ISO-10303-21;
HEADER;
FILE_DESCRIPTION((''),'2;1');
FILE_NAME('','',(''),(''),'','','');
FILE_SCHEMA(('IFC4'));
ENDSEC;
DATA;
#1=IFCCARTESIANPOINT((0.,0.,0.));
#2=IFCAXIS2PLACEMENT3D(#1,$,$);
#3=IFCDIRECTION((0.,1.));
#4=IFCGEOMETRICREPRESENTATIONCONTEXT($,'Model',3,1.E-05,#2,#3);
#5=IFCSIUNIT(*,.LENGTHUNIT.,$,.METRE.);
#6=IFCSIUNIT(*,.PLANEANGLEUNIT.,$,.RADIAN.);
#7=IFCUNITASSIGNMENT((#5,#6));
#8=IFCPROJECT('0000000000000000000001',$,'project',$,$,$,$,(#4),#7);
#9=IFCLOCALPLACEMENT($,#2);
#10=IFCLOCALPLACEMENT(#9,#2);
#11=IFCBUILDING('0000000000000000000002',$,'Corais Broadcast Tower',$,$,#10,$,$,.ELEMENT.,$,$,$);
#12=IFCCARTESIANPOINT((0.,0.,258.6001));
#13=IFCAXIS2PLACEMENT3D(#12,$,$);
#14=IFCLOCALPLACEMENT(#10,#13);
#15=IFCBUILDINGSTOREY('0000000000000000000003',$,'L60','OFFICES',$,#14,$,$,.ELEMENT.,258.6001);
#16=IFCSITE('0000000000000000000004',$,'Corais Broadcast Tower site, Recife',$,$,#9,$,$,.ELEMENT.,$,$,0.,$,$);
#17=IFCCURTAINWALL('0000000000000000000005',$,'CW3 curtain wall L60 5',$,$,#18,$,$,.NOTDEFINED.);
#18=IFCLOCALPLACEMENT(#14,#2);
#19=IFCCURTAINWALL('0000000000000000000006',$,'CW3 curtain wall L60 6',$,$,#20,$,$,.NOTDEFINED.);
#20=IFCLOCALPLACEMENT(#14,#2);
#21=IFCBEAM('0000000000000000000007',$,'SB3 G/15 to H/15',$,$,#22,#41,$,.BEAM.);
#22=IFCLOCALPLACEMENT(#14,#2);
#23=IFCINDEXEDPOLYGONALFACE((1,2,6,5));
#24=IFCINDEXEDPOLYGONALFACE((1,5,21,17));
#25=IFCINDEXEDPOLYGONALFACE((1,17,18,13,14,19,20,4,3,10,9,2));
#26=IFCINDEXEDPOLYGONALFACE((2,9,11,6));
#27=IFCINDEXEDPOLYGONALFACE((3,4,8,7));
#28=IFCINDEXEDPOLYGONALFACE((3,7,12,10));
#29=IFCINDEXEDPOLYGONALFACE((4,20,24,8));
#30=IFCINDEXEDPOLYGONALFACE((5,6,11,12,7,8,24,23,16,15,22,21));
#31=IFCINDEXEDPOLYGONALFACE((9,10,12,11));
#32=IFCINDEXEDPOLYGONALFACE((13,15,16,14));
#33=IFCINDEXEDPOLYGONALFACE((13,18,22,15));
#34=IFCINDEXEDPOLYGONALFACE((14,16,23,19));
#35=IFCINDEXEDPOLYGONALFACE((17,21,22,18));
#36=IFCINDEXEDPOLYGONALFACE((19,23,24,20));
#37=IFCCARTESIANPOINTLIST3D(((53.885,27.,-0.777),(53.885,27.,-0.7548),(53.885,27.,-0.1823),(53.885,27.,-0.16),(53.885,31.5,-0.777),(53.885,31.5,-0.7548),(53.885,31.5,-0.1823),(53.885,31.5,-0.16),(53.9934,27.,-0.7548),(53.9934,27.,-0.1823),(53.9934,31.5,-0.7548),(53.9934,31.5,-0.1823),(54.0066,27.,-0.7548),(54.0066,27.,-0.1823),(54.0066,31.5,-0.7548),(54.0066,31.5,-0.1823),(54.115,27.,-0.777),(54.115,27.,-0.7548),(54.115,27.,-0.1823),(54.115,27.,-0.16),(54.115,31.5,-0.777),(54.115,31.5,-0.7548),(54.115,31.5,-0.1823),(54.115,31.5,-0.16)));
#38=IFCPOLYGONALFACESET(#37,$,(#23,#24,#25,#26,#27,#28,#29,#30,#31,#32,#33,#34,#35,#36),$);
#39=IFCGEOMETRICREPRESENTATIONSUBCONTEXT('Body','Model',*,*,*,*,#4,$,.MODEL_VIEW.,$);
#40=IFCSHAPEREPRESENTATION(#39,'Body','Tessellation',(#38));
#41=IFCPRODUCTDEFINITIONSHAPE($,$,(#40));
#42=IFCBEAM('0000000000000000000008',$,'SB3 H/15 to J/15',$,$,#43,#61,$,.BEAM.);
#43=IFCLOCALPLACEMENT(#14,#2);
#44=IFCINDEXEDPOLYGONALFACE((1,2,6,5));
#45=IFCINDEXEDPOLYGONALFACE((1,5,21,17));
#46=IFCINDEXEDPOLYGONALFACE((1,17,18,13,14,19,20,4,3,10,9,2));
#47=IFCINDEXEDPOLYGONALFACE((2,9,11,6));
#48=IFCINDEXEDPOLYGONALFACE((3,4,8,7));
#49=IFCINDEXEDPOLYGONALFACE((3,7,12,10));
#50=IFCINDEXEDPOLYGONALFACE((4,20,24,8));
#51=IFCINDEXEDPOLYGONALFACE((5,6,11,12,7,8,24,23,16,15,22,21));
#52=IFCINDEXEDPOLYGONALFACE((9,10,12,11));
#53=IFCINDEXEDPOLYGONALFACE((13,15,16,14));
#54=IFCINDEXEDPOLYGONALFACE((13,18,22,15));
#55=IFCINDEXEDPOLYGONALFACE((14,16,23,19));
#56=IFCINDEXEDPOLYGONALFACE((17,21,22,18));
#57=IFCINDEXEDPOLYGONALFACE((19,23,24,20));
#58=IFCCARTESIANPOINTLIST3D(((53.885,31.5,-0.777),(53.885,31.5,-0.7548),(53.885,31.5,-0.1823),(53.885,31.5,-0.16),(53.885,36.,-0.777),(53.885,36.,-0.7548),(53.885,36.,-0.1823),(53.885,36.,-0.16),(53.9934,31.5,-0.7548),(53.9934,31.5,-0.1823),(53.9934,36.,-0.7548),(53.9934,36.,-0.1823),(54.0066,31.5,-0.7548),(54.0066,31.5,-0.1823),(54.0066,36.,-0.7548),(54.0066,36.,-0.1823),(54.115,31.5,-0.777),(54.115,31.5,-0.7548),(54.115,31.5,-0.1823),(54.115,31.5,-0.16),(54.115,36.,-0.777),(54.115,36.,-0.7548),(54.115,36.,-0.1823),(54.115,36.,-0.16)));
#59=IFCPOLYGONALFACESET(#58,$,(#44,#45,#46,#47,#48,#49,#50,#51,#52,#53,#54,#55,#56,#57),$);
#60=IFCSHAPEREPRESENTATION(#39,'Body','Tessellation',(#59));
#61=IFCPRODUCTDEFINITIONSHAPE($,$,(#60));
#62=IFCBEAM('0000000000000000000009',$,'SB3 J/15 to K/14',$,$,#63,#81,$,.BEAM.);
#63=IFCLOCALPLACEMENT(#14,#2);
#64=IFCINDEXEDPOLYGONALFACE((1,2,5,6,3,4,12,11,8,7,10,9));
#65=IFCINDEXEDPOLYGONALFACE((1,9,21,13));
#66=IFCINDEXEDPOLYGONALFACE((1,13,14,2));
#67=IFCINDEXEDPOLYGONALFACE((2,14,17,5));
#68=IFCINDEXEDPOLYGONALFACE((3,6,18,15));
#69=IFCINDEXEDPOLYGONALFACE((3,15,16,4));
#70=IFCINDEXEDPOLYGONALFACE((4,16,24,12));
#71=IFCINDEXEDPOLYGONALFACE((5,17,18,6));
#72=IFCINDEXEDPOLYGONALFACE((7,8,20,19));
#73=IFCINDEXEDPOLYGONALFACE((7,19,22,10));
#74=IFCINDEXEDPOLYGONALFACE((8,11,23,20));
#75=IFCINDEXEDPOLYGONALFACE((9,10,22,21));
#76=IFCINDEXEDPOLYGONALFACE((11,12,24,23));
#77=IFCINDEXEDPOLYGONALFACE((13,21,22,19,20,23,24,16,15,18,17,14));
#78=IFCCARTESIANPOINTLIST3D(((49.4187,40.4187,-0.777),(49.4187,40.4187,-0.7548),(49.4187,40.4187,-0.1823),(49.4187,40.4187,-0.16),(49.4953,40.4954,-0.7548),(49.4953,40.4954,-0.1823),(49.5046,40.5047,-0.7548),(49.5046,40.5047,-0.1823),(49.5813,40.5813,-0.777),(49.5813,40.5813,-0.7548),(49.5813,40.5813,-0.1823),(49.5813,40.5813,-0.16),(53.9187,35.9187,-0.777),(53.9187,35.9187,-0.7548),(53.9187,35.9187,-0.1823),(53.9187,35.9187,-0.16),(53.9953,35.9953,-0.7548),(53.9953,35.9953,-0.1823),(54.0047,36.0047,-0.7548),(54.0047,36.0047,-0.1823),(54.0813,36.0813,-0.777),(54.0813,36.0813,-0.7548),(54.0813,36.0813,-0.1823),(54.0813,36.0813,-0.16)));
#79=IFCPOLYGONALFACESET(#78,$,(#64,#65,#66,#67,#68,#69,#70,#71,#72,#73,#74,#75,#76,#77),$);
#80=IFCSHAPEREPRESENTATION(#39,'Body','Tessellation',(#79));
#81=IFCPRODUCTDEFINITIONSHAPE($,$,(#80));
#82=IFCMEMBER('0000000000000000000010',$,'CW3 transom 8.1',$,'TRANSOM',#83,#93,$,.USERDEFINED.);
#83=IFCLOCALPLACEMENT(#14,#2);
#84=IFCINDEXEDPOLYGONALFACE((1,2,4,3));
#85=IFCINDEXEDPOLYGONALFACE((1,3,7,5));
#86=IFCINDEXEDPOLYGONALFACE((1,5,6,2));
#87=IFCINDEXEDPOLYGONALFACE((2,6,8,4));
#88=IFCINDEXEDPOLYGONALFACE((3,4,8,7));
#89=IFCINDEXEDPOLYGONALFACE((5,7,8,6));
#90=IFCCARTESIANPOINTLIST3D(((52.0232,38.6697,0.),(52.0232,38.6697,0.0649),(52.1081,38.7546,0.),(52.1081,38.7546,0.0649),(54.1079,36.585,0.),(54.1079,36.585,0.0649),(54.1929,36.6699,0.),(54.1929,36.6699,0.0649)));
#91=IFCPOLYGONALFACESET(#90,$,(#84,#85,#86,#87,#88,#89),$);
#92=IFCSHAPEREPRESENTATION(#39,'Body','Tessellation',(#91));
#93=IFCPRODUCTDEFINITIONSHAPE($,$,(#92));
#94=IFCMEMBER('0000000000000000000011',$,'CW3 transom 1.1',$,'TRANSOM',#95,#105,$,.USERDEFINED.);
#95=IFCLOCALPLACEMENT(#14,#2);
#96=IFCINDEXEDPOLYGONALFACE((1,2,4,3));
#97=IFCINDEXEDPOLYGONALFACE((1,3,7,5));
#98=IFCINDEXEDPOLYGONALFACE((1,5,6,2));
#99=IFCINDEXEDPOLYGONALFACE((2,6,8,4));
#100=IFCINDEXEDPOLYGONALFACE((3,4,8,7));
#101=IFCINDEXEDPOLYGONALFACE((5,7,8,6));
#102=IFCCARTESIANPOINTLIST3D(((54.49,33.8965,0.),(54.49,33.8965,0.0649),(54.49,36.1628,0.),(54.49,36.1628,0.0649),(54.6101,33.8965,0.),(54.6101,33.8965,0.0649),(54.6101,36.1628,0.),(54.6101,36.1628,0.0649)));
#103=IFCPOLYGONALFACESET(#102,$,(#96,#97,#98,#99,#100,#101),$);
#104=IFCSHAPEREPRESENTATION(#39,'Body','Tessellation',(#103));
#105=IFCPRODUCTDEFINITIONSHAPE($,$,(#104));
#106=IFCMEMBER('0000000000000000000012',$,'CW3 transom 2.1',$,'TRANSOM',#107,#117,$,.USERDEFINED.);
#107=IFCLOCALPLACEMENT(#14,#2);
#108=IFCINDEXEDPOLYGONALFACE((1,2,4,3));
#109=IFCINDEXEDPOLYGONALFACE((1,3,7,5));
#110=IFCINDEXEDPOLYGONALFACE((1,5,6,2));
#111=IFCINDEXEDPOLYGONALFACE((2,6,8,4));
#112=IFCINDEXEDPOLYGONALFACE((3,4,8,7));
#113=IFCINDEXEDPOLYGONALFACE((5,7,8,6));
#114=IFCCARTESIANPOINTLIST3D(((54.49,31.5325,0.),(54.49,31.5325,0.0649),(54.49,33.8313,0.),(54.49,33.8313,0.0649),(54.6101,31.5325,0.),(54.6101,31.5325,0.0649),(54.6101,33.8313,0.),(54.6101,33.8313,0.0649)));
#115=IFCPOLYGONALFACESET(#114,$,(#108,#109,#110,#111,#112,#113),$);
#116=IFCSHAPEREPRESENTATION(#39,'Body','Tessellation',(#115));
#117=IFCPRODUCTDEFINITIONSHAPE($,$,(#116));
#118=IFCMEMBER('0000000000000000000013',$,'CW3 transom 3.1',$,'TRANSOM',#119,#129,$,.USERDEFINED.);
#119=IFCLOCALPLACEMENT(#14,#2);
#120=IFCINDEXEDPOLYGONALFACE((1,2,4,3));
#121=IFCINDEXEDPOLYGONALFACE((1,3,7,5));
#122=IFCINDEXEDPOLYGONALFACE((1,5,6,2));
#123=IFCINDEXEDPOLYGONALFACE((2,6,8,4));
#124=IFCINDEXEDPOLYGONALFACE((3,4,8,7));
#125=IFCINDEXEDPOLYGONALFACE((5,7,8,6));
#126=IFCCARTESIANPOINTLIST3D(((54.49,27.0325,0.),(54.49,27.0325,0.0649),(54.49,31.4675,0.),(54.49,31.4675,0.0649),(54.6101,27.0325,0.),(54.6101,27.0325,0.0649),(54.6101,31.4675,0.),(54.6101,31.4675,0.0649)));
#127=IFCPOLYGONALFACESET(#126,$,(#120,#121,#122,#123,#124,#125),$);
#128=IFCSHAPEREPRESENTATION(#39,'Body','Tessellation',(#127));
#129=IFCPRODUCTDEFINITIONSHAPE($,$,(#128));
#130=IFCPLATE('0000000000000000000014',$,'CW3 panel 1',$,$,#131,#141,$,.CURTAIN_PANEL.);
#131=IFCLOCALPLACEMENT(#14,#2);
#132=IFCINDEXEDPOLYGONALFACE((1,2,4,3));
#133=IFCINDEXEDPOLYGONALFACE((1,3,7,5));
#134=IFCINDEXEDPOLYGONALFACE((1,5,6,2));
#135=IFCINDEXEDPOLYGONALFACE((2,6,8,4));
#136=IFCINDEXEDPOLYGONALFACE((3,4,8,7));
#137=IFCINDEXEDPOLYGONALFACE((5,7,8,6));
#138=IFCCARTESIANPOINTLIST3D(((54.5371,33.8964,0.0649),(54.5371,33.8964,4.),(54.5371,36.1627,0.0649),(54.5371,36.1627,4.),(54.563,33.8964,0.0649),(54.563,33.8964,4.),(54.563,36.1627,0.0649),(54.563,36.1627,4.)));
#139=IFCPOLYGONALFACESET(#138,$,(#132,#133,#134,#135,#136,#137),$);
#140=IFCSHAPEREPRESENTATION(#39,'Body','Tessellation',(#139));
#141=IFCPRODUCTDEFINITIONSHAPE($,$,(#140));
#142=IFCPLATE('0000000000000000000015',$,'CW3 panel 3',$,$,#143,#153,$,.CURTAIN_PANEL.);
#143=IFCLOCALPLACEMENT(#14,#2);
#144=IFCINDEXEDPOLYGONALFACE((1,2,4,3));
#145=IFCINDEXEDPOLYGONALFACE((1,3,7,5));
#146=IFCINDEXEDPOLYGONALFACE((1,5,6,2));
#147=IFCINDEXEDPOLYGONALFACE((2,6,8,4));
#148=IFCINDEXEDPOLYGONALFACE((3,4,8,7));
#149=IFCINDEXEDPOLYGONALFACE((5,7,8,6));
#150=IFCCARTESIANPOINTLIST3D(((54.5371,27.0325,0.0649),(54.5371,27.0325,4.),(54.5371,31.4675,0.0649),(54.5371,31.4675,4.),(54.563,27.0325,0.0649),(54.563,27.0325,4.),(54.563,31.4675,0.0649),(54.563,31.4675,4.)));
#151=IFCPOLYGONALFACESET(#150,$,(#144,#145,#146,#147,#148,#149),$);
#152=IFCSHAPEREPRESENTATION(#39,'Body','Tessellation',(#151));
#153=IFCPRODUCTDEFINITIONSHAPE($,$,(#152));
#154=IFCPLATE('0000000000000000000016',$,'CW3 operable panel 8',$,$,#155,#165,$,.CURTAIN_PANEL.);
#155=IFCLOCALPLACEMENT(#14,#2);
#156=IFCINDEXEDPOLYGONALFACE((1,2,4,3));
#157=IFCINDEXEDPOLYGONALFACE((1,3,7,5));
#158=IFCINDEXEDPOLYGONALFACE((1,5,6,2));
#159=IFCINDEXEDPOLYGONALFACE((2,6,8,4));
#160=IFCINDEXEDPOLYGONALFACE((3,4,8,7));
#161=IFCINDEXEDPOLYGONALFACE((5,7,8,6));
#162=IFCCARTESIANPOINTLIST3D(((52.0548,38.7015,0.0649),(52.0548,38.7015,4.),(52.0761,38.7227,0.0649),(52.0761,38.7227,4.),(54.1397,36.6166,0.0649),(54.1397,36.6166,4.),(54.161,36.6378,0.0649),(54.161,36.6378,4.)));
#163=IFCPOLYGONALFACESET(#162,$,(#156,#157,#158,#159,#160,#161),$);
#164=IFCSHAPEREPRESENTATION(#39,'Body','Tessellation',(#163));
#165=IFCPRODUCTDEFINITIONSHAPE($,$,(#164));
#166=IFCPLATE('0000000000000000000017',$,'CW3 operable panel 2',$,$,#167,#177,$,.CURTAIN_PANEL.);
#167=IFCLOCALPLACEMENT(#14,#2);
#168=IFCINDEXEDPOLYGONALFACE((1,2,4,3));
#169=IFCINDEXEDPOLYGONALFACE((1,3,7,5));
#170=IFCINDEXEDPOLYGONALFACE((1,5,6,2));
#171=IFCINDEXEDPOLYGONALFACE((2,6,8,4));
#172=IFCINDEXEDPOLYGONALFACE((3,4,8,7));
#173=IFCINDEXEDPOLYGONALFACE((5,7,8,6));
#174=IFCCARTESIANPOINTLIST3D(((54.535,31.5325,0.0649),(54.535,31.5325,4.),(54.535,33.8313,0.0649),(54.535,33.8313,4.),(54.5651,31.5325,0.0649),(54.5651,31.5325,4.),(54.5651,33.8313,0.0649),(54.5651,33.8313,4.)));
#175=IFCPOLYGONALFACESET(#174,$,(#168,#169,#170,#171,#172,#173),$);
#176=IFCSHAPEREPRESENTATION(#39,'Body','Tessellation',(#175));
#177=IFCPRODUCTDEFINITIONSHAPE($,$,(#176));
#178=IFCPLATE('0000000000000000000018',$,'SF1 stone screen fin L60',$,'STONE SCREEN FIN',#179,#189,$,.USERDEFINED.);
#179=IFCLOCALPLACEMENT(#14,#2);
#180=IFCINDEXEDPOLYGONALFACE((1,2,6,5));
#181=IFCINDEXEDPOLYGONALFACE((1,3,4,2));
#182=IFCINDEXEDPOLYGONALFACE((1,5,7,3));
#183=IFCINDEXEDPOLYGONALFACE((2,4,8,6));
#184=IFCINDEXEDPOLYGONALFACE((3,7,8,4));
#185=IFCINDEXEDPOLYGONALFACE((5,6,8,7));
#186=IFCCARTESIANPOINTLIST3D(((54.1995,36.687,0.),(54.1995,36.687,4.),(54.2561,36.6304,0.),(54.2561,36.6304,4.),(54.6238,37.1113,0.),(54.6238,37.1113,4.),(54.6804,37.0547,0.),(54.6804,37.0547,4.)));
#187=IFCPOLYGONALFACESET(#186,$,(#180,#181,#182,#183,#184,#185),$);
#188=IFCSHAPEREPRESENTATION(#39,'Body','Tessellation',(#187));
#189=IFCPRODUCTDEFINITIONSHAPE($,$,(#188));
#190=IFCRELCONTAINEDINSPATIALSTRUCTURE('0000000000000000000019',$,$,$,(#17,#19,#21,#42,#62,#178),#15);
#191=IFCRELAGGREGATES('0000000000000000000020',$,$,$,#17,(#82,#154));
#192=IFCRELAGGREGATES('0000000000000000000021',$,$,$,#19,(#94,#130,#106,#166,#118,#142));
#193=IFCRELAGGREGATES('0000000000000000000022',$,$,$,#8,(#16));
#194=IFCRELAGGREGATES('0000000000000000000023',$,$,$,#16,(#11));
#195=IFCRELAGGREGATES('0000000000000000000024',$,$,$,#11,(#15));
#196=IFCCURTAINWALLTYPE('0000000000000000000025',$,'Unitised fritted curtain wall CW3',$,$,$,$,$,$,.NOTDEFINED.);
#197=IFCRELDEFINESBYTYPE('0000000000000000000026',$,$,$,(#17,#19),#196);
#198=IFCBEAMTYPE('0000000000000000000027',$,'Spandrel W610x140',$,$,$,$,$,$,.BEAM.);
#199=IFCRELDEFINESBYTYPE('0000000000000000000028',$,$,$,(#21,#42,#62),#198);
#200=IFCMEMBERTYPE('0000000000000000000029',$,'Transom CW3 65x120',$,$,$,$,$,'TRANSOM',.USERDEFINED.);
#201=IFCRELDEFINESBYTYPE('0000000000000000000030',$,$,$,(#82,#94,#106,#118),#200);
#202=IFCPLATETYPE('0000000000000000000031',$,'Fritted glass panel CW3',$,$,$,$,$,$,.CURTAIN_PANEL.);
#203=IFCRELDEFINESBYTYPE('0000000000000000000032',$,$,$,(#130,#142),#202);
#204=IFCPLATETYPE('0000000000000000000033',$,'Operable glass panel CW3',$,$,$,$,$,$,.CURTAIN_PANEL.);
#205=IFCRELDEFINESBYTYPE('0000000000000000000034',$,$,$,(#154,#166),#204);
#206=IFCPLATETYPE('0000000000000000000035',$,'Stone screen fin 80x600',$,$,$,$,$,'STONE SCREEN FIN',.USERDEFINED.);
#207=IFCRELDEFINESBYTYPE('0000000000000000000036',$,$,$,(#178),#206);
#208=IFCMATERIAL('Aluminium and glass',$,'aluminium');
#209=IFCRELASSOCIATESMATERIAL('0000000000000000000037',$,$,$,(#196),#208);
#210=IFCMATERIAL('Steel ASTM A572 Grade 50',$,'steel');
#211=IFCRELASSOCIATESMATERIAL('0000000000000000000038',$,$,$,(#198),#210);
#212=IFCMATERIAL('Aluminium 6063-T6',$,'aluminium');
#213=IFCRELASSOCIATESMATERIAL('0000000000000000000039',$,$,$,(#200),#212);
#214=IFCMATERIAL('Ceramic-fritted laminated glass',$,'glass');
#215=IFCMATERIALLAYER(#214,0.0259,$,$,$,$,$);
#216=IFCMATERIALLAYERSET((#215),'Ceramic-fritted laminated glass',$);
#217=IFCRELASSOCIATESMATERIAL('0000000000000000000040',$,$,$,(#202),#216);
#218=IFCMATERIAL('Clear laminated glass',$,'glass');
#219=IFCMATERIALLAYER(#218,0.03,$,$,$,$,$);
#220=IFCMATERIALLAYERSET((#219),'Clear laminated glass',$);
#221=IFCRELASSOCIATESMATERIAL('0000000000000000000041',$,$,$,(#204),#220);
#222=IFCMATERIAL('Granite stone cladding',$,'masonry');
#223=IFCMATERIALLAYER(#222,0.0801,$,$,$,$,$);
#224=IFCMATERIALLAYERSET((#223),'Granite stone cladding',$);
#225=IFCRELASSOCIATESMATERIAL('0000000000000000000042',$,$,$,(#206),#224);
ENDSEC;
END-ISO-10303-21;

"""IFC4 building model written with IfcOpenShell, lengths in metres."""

from ifc_helpers import new_model, si_unit, direction, frame, origin, origin_2d, place, context, subcontext, project, spatial, rectangle, i_section, extrude, material, layer, layer_set, material_profile, profile_set, type_object, element, aggregate, save


model = new_model("IFC4")

# Units and contexts
model_context = context("Model", 3, precision=1e-05, world=origin(), true_north=direction((0.0, 1.0)))
body_context = subcontext(model_context, "Body", "Model", "MODEL_VIEW")
ifc_project = project(units=[si_unit("LENGTHUNIT", "METRE"), si_unit("PLANEANGLEUNIT", "RADIAN")], contexts=[model_context])

# Site, building, storey
site_placement = place(None, origin())
site = spatial("IfcSite", under=ifc_project, at=site_placement, Name="Corais Broadcast Tower site, Recife", CompositionType="ELEMENT", RefElevation=0.0)
building_placement = place(site_placement, origin())
building = spatial("IfcBuilding", under=site, at=building_placement, Name="Corais Broadcast Tower", CompositionType="ELEMENT")
storey_placement = place(building_placement, frame((0.0, 0.0, 258.6001)))
storey = spatial("IfcBuildingStorey", under=building, at=storey_placement, Name="L60", Description="OFFICES", CompositionType="ELEMENT", Elevation=258.6001)

# Curtain wall
ifc_material_1 = material(Name="Aluminium and glass", Category="aluminium")
curtain_wall_type = type_object("IfcCurtainWallType", Name="Unitised fritted curtain wall CW3", PredefinedType="NOTDEFINED", material=ifc_material_1)
curtain_wall_1_placement = place(storey_placement, origin())
curtain_wall_1 = element("IfcCurtainWall", 1, at=curtain_wall_1_placement, inside=storey, type_object=curtain_wall_type, Name="CW3 curtain wall L60 5", PredefinedType="NOTDEFINED")

# Curtain wall
curtain_wall_2_placement = place(storey_placement, origin())
curtain_wall_2 = element("IfcCurtainWall", 2, at=curtain_wall_2_placement, inside=storey, type_object=curtain_wall_type, Name="CW3 curtain wall L60 6", PredefinedType="NOTDEFINED")

# Beams
ifc_material_2 = material(Name="Steel ASTM A572 Grade 50", Category="steel")
ifc_material_profile_1 = material_profile(ifc_material_2, i_section(OverallWidth=0.23, OverallDepth=0.6169, WebThickness=0.0132, FlangeThickness=0.0222, at=origin_2d()), Name="W610x140")
ifc_profile_set_1 = profile_set([ifc_material_profile_1], Name="Steel ASTM A572 Grade 50")
beam_type_1 = type_object("IfcBeamType", Name="Spandrel W610x140", PredefinedType="BEAM", material=ifc_profile_set_1)
for number, where, z_axis, x_axis, name in (
    (3, (54.0, 27.0, -0.4685), (0.0, 1.0, 0.0), (-1.0, 0.0, 0.0), "SB3 G/15 to H/15"),
    (4, (54.0, 31.5, -0.4685), (0.0, 1.0, 0.0), (-1.0, 0.0, 0.0), "SB3 H/15 to J/15"),
):
    element("IfcBeam", number, at=place(storey_placement, frame(where, z_axis=z_axis, x_axis=x_axis)), inside=storey, type_object=beam_type_1, Name=name, PredefinedType="BEAM", context=body_context, shape_type="SweptSolid", body=[
        extrude(i_section(OverallWidth=0.23, OverallDepth=0.6169, WebThickness=0.0132, FlangeThickness=0.0222, at=origin_2d()), origin(), (0.0, 0.0, 1.0), 4.5),
    ])
beam_placement = place(storey_placement, frame((54.0, 36.0, -0.4685), z_axis=(-0.707107, 0.707107, 0.0), x_axis=(-0.707107, -0.707107, 0.0)))
element("IfcBeam", 5, at=beam_placement, inside=storey, type_object=beam_type_1, Name="SB3 J/15 to K/14", PredefinedType="BEAM", context=body_context, shape_type="SweptSolid", body=[
    extrude(i_section(OverallWidth=0.23, OverallDepth=0.6169, WebThickness=0.0132, FlangeThickness=0.0222, at=origin_2d()), origin(), (0.0, 0.0, 1.0), 6.364),
])

# Members
ifc_material_3 = material(Name="Aluminium 6063-T6", Category="aluminium")
ifc_material_profile_2 = material_profile(ifc_material_3, rectangle(XDim=0.1201, YDim=0.0649, at=origin_2d()), Name="Transom CW3 65x120")
ifc_profile_set_2 = profile_set([ifc_material_profile_2], Name="Aluminium 6063-T6")
member_type_1 = type_object("IfcMemberType", Name="Transom CW3 65x120", ElementType="TRANSOM", PredefinedType="USERDEFINED", material=ifc_profile_set_2)
member_1_placement = place(storey_placement, frame((52.0657, 38.7122, 0.0325), z_axis=(0.707107, -0.707107, 0.0), x_axis=(0.707107, 0.707107, 0.0)))
member_1 = element("IfcMember", 6, at=member_1_placement, type_object=member_type_1, Name="CW3 transom 8.1", ObjectType="TRANSOM", PredefinedType="USERDEFINED", context=body_context, shape_type="SweptSolid", body=[
    extrude(rectangle(XDim=0.1201, YDim=0.0649, at=origin_2d()), origin(), (0.0, 0.0, 1.0), 2.9482),
])
member_2_placement = place(storey_placement, frame((54.55, 36.1628, 0.0325), z_axis=(0.0, -1.0, 0.0), x_axis=(1.0, 0.0, 0.0)))
member_2 = element("IfcMember", 7, at=member_2_placement, type_object=member_type_1, Name="CW3 transom 1.1", ObjectType="TRANSOM", PredefinedType="USERDEFINED", context=body_context, shape_type="SweptSolid", body=[
    extrude(rectangle(XDim=0.1201, YDim=0.0649, at=origin_2d()), origin(), (0.0, 0.0, 1.0), 2.2664),
])
member_3_placement = place(storey_placement, frame((54.55, 33.8313, 0.0325), z_axis=(0.0, -1.0, 0.0), x_axis=(1.0, 0.0, 0.0)))
member_3 = element("IfcMember", 8, at=member_3_placement, type_object=member_type_1, Name="CW3 transom 2.1", ObjectType="TRANSOM", PredefinedType="USERDEFINED", context=body_context, shape_type="SweptSolid", body=[
    extrude(rectangle(XDim=0.1201, YDim=0.0649, at=origin_2d()), origin(), (0.0, 0.0, 1.0), 2.2988),
])
member_4_placement = place(storey_placement, frame((54.55, 31.4675, 0.0325), z_axis=(0.0, -1.0, 0.0), x_axis=(1.0, 0.0, 0.0)))
member_4 = element("IfcMember", 9, at=member_4_placement, type_object=member_type_1, Name="CW3 transom 3.1", ObjectType="TRANSOM", PredefinedType="USERDEFINED", context=body_context, shape_type="SweptSolid", body=[
    extrude(rectangle(XDim=0.1201, YDim=0.0649, at=origin_2d()), origin(), (0.0, 0.0, 1.0), 4.4351),
])

# Plates
ifc_material_4 = material(Name="Ceramic-fritted laminated glass", Category="glass")
ifc_layer_1 = layer(ifc_material_4, 0.0259)
ifc_layer_set_1 = layer_set([ifc_layer_1], Name="Ceramic-fritted laminated glass")
plate_type_1 = type_object("IfcPlateType", Name="Fritted glass panel CW3", PredefinedType="CURTAIN_PANEL", material=ifc_layer_set_1)
plate_1_placement = place(storey_placement, frame((54.55, 35.0295, 0.0649), z_axis=(0.0, 0.0, 1.0), x_axis=(0.0, -1.0, 0.0)))
plate_1 = element("IfcPlate", 10, at=plate_1_placement, type_object=plate_type_1, Name="CW3 panel 1", PredefinedType="CURTAIN_PANEL", context=body_context, shape_type="SweptSolid", body=[
    extrude(rectangle(XDim=2.2664, YDim=0.0259, at=origin_2d()), origin(), (0.0, 0.0, 1.0), 3.9351),
])
plate_2_placement = place(storey_placement, frame((54.55, 29.25, 0.0649), z_axis=(0.0, 0.0, 1.0), x_axis=(0.0, -1.0, 0.0)))
plate_2 = element("IfcPlate", 11, at=plate_2_placement, type_object=plate_type_1, Name="CW3 panel 3", PredefinedType="CURTAIN_PANEL", context=body_context, shape_type="SweptSolid", body=[
    extrude(rectangle(XDim=4.4351, YDim=0.0259, at=origin_2d()), origin(), (0.0, 0.0, 1.0), 3.9351),
])
ifc_material_5 = material(Name="Clear laminated glass", Category="glass")
ifc_layer_2 = layer(ifc_material_5, 0.03)
ifc_layer_set_2 = layer_set([ifc_layer_2], Name="Clear laminated glass")
plate_type_2 = type_object("IfcPlateType", Name="Operable glass panel CW3", PredefinedType="CURTAIN_PANEL", material=ifc_layer_set_2)
plate_3_placement = place(storey_placement, frame((53.1079, 37.6697, 0.0649), z_axis=(0.0, 0.0, 1.0), x_axis=(0.707107, -0.707107, 0.0)))
plate_3 = element("IfcPlate", 12, at=plate_3_placement, type_object=plate_type_2, Name="CW3 operable panel 8", PredefinedType="CURTAIN_PANEL", context=body_context, shape_type="SweptSolid", body=[
    extrude(rectangle(XDim=2.9485, YDim=0.03, at=origin_2d()), origin(), (0.0, 0.0, 1.0), 3.9351),
])
aggregate(curtain_wall_1, [member_1, plate_3])
plate_4_placement = place(storey_placement, frame((54.55, 32.6819, 0.0649), z_axis=(0.0, 0.0, 1.0), x_axis=(0.0, -1.0, 0.0)))
plate_4 = element("IfcPlate", 13, at=plate_4_placement, type_object=plate_type_2, Name="CW3 operable panel 2", PredefinedType="CURTAIN_PANEL", context=body_context, shape_type="SweptSolid", body=[
    extrude(rectangle(XDim=2.2988, YDim=0.03, at=origin_2d()), origin(), (0.0, 0.0, 1.0), 3.9351),
])
aggregate(curtain_wall_2, [member_2, plate_1, member_3, plate_4, member_4, plate_2])
ifc_material_6 = material(Name="Granite stone cladding", Category="masonry")
ifc_layer_3 = layer(ifc_material_6, 0.0801)
ifc_layer_set_3 = layer_set([ifc_layer_3], Name="Granite stone cladding")
plate_type_3 = type_object("IfcPlateType", Name="Stone screen fin 80x600", ElementType="STONE SCREEN FIN", PredefinedType="USERDEFINED", material=ifc_layer_set_3)
plate_5_placement = place(storey_placement, frame((54.4399, 36.8708, 0.0), z_axis=(0.0, 0.0, 1.0), x_axis=(0.707107, -0.707107, 0.0)))
element("IfcPlate", 14, at=plate_5_placement, inside=storey, type_object=plate_type_3, Name="SF1 stone screen fin L60", ObjectType="STONE SCREEN FIN", PredefinedType="USERDEFINED", context=body_context, shape_type="SweptSolid", body=[
    extrude(rectangle(XDim=0.0801, YDim=0.6001, at=origin_2d()), origin(), (0.0, 0.0, 1.0), 4.0),
])

save(model, "model.ifc")
